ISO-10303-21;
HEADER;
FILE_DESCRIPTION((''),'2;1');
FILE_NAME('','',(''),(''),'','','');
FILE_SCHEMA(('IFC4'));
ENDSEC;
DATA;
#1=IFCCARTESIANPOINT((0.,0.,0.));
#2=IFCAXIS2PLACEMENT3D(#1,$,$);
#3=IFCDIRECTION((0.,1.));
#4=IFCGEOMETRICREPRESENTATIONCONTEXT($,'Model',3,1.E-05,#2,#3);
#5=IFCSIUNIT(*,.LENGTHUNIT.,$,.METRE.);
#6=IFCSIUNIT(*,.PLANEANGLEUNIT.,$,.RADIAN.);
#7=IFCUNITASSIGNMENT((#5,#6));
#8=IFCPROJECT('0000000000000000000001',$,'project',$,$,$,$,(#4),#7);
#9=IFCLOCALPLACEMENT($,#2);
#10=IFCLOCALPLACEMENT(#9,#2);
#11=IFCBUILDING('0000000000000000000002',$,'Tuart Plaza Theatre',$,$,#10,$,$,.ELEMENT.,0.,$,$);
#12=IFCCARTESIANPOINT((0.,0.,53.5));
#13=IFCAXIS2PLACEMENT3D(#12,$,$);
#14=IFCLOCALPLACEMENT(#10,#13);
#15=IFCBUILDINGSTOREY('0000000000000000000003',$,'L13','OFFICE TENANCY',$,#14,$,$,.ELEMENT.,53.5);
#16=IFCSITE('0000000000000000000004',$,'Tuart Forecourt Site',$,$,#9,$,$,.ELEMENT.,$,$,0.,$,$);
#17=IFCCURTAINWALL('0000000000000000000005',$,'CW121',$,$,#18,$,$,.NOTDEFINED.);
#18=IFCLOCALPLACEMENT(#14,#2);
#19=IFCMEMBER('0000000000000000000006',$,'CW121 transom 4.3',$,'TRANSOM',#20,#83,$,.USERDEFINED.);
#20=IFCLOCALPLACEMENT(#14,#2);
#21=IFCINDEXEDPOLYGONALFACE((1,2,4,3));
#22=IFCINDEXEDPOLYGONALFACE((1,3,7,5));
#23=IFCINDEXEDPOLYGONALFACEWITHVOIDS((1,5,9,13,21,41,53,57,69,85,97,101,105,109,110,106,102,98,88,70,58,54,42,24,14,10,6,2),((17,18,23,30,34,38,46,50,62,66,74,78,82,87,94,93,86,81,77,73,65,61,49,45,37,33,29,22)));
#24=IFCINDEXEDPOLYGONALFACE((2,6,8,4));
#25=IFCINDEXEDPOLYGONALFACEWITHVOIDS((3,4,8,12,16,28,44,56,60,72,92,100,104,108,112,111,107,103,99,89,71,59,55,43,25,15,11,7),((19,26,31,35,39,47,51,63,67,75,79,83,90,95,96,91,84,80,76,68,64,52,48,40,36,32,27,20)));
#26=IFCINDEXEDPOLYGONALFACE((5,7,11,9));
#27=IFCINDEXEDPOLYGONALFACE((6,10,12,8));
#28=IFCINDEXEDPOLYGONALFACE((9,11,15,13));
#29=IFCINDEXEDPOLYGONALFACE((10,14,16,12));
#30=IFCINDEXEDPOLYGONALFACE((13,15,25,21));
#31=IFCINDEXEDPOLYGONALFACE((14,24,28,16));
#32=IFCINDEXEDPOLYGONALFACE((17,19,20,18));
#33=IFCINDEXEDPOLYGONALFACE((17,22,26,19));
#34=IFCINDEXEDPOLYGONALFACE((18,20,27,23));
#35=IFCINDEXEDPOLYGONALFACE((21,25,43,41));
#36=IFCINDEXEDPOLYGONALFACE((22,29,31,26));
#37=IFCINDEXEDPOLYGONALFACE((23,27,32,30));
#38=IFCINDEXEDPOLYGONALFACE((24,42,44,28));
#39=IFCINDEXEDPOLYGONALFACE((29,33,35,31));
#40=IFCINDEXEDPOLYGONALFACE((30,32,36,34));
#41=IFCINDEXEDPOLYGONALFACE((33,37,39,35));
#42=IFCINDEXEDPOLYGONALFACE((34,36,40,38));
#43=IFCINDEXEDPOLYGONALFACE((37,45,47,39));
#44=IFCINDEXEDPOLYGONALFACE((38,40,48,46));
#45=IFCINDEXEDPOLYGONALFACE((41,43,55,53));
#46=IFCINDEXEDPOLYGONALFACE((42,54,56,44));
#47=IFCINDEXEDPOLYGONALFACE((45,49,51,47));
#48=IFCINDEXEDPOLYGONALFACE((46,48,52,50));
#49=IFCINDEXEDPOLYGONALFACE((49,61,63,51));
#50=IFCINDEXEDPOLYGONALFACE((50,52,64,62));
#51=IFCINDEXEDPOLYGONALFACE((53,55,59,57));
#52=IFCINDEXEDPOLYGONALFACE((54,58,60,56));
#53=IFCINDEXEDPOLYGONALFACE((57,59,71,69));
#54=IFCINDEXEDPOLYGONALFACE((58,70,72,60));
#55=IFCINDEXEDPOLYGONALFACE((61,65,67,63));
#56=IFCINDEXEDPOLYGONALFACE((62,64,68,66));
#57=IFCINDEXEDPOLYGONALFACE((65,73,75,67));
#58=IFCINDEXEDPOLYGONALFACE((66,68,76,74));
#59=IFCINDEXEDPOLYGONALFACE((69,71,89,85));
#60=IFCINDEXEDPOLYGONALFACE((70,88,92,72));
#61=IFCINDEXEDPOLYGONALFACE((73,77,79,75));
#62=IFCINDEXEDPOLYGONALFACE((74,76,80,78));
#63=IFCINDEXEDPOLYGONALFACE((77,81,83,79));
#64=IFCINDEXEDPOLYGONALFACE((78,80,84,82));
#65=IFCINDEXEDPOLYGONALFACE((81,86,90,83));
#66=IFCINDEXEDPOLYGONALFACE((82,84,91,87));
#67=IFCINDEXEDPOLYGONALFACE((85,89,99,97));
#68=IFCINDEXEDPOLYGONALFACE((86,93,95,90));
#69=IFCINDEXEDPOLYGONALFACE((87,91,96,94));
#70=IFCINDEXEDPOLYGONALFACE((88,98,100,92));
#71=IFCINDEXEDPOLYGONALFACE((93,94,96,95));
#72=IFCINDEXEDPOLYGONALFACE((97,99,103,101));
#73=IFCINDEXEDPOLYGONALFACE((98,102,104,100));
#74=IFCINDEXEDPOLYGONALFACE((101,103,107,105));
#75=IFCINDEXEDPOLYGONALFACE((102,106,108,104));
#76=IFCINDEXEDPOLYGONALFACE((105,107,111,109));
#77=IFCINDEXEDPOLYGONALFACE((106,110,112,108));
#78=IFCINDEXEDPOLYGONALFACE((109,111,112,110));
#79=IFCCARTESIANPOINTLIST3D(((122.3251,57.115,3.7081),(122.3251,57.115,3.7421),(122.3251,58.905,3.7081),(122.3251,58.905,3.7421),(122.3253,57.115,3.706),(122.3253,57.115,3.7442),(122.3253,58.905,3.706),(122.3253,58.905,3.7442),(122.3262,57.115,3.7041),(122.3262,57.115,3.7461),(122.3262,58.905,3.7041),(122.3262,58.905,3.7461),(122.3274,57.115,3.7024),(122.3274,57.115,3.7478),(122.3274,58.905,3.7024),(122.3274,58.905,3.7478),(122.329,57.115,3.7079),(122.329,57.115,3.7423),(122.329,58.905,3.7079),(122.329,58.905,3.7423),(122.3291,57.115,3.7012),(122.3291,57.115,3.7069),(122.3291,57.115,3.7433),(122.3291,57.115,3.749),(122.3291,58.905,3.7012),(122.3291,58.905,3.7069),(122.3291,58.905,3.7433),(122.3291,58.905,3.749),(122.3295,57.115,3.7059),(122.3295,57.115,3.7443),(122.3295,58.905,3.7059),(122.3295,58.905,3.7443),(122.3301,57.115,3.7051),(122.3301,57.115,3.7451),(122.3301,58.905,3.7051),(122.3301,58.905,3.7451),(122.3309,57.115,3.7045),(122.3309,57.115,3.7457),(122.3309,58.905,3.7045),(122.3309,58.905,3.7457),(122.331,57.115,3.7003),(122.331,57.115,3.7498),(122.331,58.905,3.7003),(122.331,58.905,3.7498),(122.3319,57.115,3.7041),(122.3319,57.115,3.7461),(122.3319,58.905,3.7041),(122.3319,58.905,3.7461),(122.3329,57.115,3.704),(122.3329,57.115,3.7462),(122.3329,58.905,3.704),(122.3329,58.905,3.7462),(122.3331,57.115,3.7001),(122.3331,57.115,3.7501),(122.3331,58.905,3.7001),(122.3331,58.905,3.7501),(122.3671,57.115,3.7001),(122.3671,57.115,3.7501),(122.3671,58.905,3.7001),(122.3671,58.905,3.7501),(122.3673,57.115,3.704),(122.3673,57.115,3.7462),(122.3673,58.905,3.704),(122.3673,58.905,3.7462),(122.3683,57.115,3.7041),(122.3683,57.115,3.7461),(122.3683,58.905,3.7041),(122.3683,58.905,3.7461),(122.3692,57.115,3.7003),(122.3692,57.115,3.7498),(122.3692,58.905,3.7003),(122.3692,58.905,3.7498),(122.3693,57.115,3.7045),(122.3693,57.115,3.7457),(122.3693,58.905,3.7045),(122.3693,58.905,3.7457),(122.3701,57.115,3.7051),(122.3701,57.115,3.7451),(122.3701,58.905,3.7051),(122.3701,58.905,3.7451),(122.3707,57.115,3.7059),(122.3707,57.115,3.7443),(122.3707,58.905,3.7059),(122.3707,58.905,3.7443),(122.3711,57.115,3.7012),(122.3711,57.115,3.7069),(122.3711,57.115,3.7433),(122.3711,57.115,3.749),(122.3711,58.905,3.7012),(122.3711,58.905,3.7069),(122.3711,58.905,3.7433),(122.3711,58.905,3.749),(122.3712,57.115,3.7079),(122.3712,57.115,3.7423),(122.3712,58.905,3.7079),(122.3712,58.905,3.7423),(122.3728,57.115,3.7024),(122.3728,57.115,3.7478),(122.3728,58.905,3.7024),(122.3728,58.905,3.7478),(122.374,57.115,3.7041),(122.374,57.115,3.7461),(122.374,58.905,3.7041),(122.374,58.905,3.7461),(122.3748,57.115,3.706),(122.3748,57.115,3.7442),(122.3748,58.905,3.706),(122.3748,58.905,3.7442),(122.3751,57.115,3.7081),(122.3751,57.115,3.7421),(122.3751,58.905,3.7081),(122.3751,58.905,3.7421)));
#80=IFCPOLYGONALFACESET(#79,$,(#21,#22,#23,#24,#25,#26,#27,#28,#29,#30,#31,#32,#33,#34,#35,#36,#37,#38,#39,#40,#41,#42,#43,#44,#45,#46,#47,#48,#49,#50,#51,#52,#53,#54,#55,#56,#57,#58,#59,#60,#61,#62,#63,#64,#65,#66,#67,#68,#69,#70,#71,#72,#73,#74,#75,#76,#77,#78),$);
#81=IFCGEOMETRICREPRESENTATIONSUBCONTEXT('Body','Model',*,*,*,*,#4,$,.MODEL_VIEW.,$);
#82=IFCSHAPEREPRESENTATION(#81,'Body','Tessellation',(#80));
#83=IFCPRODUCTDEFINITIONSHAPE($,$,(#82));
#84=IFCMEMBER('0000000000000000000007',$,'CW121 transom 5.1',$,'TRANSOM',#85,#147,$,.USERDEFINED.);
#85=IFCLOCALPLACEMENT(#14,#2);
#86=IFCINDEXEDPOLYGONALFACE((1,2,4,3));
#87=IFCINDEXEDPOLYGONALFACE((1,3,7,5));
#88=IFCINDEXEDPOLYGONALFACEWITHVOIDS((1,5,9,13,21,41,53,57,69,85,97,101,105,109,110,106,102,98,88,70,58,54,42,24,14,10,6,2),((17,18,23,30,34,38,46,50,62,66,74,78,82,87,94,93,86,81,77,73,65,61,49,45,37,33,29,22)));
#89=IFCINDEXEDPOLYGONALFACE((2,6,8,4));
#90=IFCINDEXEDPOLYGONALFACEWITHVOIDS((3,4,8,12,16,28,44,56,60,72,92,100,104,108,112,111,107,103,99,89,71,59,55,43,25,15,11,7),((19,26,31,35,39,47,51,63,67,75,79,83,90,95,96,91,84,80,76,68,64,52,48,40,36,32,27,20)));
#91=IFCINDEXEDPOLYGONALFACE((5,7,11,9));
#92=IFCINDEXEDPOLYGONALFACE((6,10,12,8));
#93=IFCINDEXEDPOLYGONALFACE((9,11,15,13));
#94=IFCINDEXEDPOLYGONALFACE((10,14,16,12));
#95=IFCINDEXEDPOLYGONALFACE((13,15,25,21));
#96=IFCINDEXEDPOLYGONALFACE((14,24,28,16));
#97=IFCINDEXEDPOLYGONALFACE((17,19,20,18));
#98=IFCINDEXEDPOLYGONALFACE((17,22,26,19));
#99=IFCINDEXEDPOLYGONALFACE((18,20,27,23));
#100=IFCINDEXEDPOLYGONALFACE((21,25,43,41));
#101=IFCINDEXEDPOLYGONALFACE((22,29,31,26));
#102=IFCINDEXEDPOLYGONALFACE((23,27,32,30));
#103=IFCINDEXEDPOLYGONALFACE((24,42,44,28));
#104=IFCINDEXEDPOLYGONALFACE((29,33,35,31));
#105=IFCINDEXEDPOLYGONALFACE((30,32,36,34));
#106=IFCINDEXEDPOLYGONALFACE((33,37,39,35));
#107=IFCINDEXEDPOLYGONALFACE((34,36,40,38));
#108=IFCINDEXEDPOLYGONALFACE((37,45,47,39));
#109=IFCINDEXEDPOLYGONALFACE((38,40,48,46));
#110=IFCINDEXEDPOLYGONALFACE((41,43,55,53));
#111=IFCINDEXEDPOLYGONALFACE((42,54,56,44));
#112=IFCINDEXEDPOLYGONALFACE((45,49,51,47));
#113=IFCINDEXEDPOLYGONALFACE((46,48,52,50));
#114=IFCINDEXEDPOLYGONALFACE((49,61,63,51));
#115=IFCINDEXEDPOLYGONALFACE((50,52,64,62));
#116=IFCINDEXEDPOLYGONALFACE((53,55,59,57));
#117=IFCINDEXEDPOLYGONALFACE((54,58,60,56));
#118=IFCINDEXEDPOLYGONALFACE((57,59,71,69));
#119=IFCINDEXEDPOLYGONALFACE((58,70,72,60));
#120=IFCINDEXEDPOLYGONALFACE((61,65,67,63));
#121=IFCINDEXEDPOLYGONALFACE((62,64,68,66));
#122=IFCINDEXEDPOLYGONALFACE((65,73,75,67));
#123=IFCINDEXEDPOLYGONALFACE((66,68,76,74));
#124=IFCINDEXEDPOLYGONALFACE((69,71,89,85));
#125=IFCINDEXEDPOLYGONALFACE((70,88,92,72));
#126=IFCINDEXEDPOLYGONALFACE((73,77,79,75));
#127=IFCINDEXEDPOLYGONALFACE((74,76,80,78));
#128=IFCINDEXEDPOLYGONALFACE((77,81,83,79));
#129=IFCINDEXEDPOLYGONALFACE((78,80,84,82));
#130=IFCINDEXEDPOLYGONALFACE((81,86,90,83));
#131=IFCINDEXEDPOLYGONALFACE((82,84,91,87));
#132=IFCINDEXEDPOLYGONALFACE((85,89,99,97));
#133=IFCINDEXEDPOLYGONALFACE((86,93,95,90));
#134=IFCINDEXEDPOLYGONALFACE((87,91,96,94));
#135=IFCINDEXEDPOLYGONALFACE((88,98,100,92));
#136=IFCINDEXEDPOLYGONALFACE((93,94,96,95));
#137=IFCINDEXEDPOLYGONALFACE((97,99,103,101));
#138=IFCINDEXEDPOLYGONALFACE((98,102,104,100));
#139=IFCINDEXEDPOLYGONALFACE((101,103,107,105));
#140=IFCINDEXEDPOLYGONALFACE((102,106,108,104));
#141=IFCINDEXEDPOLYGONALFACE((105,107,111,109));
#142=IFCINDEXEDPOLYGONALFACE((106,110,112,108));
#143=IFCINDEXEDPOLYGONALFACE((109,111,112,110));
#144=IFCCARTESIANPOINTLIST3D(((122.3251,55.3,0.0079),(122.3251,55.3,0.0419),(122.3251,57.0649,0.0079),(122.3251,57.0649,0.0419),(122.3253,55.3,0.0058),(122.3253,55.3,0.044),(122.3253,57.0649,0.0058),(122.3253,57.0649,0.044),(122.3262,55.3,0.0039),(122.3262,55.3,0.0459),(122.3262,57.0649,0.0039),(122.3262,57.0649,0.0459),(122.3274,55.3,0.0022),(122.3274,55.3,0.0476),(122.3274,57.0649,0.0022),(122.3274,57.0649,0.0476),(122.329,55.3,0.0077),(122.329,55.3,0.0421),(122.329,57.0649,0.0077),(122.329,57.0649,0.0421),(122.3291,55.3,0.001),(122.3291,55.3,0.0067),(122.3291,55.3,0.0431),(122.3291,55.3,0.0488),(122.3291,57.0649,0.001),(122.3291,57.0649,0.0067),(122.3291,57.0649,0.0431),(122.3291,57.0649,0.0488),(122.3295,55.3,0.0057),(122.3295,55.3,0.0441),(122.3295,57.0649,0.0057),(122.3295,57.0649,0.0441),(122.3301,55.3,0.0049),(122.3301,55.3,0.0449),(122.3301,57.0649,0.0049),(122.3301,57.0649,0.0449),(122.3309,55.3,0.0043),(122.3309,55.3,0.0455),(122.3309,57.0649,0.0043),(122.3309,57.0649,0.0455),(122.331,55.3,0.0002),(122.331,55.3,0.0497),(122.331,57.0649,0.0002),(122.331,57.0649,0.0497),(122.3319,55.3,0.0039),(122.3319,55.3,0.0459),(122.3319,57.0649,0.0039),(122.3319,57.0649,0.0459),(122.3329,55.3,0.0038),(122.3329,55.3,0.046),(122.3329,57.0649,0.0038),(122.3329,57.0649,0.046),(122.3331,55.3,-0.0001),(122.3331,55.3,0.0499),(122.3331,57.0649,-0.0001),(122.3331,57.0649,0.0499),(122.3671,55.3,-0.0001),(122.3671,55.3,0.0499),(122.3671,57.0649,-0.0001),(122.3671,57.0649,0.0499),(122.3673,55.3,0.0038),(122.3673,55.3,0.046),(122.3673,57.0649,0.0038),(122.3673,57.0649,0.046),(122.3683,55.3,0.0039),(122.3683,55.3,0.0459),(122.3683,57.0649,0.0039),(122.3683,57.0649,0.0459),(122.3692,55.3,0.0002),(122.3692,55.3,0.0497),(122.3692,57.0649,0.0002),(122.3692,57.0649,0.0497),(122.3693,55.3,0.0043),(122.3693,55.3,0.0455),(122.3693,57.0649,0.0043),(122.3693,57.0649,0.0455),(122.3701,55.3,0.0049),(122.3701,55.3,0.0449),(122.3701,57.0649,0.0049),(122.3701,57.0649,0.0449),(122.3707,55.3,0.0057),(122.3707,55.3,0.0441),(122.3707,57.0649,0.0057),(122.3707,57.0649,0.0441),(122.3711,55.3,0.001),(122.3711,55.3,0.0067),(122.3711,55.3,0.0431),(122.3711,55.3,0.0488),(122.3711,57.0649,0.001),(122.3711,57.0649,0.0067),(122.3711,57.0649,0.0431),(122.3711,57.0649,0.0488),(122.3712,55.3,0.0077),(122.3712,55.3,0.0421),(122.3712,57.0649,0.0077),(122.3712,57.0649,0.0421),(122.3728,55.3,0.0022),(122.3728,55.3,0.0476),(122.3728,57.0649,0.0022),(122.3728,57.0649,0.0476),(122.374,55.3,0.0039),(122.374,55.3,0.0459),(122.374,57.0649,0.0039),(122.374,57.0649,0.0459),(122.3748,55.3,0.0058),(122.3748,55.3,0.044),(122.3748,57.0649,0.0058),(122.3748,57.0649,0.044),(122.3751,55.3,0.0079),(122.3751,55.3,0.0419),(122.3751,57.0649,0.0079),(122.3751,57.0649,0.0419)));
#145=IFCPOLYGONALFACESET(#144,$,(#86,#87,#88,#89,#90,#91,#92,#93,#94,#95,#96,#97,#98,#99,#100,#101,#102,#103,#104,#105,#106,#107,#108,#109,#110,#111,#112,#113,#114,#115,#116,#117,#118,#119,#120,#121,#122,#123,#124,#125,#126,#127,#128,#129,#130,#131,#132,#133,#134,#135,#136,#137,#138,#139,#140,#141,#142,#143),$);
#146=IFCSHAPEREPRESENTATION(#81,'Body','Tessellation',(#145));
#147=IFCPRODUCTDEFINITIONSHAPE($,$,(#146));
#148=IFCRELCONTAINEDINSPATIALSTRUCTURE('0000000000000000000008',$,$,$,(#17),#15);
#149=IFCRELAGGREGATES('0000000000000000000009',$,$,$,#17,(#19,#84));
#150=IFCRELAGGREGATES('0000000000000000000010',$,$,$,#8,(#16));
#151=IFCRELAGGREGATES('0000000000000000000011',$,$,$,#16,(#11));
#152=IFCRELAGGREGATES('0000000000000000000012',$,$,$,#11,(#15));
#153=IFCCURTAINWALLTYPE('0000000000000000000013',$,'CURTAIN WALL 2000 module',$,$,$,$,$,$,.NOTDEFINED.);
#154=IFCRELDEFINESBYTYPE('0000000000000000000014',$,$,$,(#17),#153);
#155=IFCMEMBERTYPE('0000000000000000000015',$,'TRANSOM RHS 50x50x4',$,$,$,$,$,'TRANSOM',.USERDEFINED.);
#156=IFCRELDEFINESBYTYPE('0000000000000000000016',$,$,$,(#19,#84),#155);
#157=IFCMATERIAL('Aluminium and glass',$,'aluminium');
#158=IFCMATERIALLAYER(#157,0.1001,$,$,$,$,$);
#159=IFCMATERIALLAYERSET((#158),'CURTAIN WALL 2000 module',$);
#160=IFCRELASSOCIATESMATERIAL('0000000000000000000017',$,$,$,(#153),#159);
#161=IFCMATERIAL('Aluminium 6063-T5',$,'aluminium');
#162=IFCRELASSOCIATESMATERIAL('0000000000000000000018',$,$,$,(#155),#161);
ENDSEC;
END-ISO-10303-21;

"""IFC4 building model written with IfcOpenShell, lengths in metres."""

from ifc_helpers import new_model, si_unit, direction, frame, origin, origin_2d, place, context, subcontext, project, spatial, hollow_rectangle, extrude, material, layer, layer_set, material_profile, profile_set, type_object, element, aggregate, save


model = new_model("IFC4")

# Units and contexts
model_context = context("Model", 3, precision=1e-05, world=origin(), true_north=direction((0.0, 1.0)))
body_context = subcontext(model_context, "Body", "Model", "MODEL_VIEW")
ifc_project = project(units=[si_unit("LENGTHUNIT", "METRE"), si_unit("PLANEANGLEUNIT", "RADIAN")], contexts=[model_context])

# Site, building, storey
site_placement = place(None, origin())
site = spatial("IfcSite", under=ifc_project, at=site_placement, Name="Tuart Forecourt Site", CompositionType="ELEMENT", RefElevation=0.0)
building_placement = place(site_placement, origin())
building = spatial("IfcBuilding", under=site, at=building_placement, Name="Tuart Plaza Theatre", CompositionType="ELEMENT", ElevationOfRefHeight=0.0)
storey_placement = place(building_placement, frame((0.0, 0.0, 53.5)))
storey = spatial("IfcBuildingStorey", under=building, at=storey_placement, Name="L13", Description="OFFICE TENANCY", CompositionType="ELEMENT", Elevation=53.5)

# Curtain wall
ifc_material_1 = material(Name="Aluminium and glass", Category="aluminium")
ifc_layer_1 = layer(ifc_material_1, 0.1001)
ifc_layer_set_1 = layer_set([ifc_layer_1], Name="CURTAIN WALL 2000 module")
curtain_wall_type = type_object("IfcCurtainWallType", Name="CURTAIN WALL 2000 module", PredefinedType="NOTDEFINED", material=ifc_layer_set_1)
curtain_wall_1_placement = place(storey_placement, origin())
curtain_wall_1 = element("IfcCurtainWall", 1, at=curtain_wall_1_placement, inside=storey, type_object=curtain_wall_type, Name="CW121", PredefinedType="NOTDEFINED")

# Members
ifc_material_2 = material(Name="Aluminium 6063-T5", Category="aluminium")
ifc_material_profile_1 = material_profile(ifc_material_2, hollow_rectangle(XDim=0.05, YDim=0.05, WallThickness=0.0039, InnerFilletRadius=0.0039, OuterFilletRadius=0.0081, at=origin_2d()), Name="RHS 50x50x4")
ifc_profile_set_1 = profile_set([ifc_material_profile_1], Name="Aluminium 6063-T5")
member_type_1 = type_object("IfcMemberType", Name="TRANSOM RHS 50x50x4", ElementType="TRANSOM", PredefinedType="USERDEFINED", material=ifc_profile_set_1)
member_1_placement = place(storey_placement, frame((122.3501, 58.905, 3.7251), z_axis=(0.0, -1.0, 0.0), x_axis=(1.0, 0.0, 0.0)))
member_1 = element("IfcMember", 2, at=member_1_placement, type_object=member_type_1, Name="CW121 transom 4.3", ObjectType="TRANSOM", PredefinedType="USERDEFINED", context=body_context, shape_type="SweptSolid", body=[
    extrude(hollow_rectangle(XDim=0.05, YDim=0.05, WallThickness=0.0039, InnerFilletRadius=0.0039, OuterFilletRadius=0.0081, at=origin_2d()), origin(), (0.0, 0.0, 1.0), 1.79),
])
member_2_placement = place(storey_placement, frame((122.3501, 57.0649, 0.0249), z_axis=(0.0, -1.0, 0.0), x_axis=(1.0, 0.0, 0.0)))
member_2 = element("IfcMember", 3, at=member_2_placement, type_object=member_type_1, Name="CW121 transom 5.1", ObjectType="TRANSOM", PredefinedType="USERDEFINED", context=body_context, shape_type="SweptSolid", body=[
    extrude(hollow_rectangle(XDim=0.05, YDim=0.05, WallThickness=0.0039, InnerFilletRadius=0.0039, OuterFilletRadius=0.0081, at=origin_2d()), origin(), (0.0, 0.0, 1.0), 1.7649),
])

aggregate(curtain_wall_1, [member_1, member_2])

save(model, "model.ifc")
